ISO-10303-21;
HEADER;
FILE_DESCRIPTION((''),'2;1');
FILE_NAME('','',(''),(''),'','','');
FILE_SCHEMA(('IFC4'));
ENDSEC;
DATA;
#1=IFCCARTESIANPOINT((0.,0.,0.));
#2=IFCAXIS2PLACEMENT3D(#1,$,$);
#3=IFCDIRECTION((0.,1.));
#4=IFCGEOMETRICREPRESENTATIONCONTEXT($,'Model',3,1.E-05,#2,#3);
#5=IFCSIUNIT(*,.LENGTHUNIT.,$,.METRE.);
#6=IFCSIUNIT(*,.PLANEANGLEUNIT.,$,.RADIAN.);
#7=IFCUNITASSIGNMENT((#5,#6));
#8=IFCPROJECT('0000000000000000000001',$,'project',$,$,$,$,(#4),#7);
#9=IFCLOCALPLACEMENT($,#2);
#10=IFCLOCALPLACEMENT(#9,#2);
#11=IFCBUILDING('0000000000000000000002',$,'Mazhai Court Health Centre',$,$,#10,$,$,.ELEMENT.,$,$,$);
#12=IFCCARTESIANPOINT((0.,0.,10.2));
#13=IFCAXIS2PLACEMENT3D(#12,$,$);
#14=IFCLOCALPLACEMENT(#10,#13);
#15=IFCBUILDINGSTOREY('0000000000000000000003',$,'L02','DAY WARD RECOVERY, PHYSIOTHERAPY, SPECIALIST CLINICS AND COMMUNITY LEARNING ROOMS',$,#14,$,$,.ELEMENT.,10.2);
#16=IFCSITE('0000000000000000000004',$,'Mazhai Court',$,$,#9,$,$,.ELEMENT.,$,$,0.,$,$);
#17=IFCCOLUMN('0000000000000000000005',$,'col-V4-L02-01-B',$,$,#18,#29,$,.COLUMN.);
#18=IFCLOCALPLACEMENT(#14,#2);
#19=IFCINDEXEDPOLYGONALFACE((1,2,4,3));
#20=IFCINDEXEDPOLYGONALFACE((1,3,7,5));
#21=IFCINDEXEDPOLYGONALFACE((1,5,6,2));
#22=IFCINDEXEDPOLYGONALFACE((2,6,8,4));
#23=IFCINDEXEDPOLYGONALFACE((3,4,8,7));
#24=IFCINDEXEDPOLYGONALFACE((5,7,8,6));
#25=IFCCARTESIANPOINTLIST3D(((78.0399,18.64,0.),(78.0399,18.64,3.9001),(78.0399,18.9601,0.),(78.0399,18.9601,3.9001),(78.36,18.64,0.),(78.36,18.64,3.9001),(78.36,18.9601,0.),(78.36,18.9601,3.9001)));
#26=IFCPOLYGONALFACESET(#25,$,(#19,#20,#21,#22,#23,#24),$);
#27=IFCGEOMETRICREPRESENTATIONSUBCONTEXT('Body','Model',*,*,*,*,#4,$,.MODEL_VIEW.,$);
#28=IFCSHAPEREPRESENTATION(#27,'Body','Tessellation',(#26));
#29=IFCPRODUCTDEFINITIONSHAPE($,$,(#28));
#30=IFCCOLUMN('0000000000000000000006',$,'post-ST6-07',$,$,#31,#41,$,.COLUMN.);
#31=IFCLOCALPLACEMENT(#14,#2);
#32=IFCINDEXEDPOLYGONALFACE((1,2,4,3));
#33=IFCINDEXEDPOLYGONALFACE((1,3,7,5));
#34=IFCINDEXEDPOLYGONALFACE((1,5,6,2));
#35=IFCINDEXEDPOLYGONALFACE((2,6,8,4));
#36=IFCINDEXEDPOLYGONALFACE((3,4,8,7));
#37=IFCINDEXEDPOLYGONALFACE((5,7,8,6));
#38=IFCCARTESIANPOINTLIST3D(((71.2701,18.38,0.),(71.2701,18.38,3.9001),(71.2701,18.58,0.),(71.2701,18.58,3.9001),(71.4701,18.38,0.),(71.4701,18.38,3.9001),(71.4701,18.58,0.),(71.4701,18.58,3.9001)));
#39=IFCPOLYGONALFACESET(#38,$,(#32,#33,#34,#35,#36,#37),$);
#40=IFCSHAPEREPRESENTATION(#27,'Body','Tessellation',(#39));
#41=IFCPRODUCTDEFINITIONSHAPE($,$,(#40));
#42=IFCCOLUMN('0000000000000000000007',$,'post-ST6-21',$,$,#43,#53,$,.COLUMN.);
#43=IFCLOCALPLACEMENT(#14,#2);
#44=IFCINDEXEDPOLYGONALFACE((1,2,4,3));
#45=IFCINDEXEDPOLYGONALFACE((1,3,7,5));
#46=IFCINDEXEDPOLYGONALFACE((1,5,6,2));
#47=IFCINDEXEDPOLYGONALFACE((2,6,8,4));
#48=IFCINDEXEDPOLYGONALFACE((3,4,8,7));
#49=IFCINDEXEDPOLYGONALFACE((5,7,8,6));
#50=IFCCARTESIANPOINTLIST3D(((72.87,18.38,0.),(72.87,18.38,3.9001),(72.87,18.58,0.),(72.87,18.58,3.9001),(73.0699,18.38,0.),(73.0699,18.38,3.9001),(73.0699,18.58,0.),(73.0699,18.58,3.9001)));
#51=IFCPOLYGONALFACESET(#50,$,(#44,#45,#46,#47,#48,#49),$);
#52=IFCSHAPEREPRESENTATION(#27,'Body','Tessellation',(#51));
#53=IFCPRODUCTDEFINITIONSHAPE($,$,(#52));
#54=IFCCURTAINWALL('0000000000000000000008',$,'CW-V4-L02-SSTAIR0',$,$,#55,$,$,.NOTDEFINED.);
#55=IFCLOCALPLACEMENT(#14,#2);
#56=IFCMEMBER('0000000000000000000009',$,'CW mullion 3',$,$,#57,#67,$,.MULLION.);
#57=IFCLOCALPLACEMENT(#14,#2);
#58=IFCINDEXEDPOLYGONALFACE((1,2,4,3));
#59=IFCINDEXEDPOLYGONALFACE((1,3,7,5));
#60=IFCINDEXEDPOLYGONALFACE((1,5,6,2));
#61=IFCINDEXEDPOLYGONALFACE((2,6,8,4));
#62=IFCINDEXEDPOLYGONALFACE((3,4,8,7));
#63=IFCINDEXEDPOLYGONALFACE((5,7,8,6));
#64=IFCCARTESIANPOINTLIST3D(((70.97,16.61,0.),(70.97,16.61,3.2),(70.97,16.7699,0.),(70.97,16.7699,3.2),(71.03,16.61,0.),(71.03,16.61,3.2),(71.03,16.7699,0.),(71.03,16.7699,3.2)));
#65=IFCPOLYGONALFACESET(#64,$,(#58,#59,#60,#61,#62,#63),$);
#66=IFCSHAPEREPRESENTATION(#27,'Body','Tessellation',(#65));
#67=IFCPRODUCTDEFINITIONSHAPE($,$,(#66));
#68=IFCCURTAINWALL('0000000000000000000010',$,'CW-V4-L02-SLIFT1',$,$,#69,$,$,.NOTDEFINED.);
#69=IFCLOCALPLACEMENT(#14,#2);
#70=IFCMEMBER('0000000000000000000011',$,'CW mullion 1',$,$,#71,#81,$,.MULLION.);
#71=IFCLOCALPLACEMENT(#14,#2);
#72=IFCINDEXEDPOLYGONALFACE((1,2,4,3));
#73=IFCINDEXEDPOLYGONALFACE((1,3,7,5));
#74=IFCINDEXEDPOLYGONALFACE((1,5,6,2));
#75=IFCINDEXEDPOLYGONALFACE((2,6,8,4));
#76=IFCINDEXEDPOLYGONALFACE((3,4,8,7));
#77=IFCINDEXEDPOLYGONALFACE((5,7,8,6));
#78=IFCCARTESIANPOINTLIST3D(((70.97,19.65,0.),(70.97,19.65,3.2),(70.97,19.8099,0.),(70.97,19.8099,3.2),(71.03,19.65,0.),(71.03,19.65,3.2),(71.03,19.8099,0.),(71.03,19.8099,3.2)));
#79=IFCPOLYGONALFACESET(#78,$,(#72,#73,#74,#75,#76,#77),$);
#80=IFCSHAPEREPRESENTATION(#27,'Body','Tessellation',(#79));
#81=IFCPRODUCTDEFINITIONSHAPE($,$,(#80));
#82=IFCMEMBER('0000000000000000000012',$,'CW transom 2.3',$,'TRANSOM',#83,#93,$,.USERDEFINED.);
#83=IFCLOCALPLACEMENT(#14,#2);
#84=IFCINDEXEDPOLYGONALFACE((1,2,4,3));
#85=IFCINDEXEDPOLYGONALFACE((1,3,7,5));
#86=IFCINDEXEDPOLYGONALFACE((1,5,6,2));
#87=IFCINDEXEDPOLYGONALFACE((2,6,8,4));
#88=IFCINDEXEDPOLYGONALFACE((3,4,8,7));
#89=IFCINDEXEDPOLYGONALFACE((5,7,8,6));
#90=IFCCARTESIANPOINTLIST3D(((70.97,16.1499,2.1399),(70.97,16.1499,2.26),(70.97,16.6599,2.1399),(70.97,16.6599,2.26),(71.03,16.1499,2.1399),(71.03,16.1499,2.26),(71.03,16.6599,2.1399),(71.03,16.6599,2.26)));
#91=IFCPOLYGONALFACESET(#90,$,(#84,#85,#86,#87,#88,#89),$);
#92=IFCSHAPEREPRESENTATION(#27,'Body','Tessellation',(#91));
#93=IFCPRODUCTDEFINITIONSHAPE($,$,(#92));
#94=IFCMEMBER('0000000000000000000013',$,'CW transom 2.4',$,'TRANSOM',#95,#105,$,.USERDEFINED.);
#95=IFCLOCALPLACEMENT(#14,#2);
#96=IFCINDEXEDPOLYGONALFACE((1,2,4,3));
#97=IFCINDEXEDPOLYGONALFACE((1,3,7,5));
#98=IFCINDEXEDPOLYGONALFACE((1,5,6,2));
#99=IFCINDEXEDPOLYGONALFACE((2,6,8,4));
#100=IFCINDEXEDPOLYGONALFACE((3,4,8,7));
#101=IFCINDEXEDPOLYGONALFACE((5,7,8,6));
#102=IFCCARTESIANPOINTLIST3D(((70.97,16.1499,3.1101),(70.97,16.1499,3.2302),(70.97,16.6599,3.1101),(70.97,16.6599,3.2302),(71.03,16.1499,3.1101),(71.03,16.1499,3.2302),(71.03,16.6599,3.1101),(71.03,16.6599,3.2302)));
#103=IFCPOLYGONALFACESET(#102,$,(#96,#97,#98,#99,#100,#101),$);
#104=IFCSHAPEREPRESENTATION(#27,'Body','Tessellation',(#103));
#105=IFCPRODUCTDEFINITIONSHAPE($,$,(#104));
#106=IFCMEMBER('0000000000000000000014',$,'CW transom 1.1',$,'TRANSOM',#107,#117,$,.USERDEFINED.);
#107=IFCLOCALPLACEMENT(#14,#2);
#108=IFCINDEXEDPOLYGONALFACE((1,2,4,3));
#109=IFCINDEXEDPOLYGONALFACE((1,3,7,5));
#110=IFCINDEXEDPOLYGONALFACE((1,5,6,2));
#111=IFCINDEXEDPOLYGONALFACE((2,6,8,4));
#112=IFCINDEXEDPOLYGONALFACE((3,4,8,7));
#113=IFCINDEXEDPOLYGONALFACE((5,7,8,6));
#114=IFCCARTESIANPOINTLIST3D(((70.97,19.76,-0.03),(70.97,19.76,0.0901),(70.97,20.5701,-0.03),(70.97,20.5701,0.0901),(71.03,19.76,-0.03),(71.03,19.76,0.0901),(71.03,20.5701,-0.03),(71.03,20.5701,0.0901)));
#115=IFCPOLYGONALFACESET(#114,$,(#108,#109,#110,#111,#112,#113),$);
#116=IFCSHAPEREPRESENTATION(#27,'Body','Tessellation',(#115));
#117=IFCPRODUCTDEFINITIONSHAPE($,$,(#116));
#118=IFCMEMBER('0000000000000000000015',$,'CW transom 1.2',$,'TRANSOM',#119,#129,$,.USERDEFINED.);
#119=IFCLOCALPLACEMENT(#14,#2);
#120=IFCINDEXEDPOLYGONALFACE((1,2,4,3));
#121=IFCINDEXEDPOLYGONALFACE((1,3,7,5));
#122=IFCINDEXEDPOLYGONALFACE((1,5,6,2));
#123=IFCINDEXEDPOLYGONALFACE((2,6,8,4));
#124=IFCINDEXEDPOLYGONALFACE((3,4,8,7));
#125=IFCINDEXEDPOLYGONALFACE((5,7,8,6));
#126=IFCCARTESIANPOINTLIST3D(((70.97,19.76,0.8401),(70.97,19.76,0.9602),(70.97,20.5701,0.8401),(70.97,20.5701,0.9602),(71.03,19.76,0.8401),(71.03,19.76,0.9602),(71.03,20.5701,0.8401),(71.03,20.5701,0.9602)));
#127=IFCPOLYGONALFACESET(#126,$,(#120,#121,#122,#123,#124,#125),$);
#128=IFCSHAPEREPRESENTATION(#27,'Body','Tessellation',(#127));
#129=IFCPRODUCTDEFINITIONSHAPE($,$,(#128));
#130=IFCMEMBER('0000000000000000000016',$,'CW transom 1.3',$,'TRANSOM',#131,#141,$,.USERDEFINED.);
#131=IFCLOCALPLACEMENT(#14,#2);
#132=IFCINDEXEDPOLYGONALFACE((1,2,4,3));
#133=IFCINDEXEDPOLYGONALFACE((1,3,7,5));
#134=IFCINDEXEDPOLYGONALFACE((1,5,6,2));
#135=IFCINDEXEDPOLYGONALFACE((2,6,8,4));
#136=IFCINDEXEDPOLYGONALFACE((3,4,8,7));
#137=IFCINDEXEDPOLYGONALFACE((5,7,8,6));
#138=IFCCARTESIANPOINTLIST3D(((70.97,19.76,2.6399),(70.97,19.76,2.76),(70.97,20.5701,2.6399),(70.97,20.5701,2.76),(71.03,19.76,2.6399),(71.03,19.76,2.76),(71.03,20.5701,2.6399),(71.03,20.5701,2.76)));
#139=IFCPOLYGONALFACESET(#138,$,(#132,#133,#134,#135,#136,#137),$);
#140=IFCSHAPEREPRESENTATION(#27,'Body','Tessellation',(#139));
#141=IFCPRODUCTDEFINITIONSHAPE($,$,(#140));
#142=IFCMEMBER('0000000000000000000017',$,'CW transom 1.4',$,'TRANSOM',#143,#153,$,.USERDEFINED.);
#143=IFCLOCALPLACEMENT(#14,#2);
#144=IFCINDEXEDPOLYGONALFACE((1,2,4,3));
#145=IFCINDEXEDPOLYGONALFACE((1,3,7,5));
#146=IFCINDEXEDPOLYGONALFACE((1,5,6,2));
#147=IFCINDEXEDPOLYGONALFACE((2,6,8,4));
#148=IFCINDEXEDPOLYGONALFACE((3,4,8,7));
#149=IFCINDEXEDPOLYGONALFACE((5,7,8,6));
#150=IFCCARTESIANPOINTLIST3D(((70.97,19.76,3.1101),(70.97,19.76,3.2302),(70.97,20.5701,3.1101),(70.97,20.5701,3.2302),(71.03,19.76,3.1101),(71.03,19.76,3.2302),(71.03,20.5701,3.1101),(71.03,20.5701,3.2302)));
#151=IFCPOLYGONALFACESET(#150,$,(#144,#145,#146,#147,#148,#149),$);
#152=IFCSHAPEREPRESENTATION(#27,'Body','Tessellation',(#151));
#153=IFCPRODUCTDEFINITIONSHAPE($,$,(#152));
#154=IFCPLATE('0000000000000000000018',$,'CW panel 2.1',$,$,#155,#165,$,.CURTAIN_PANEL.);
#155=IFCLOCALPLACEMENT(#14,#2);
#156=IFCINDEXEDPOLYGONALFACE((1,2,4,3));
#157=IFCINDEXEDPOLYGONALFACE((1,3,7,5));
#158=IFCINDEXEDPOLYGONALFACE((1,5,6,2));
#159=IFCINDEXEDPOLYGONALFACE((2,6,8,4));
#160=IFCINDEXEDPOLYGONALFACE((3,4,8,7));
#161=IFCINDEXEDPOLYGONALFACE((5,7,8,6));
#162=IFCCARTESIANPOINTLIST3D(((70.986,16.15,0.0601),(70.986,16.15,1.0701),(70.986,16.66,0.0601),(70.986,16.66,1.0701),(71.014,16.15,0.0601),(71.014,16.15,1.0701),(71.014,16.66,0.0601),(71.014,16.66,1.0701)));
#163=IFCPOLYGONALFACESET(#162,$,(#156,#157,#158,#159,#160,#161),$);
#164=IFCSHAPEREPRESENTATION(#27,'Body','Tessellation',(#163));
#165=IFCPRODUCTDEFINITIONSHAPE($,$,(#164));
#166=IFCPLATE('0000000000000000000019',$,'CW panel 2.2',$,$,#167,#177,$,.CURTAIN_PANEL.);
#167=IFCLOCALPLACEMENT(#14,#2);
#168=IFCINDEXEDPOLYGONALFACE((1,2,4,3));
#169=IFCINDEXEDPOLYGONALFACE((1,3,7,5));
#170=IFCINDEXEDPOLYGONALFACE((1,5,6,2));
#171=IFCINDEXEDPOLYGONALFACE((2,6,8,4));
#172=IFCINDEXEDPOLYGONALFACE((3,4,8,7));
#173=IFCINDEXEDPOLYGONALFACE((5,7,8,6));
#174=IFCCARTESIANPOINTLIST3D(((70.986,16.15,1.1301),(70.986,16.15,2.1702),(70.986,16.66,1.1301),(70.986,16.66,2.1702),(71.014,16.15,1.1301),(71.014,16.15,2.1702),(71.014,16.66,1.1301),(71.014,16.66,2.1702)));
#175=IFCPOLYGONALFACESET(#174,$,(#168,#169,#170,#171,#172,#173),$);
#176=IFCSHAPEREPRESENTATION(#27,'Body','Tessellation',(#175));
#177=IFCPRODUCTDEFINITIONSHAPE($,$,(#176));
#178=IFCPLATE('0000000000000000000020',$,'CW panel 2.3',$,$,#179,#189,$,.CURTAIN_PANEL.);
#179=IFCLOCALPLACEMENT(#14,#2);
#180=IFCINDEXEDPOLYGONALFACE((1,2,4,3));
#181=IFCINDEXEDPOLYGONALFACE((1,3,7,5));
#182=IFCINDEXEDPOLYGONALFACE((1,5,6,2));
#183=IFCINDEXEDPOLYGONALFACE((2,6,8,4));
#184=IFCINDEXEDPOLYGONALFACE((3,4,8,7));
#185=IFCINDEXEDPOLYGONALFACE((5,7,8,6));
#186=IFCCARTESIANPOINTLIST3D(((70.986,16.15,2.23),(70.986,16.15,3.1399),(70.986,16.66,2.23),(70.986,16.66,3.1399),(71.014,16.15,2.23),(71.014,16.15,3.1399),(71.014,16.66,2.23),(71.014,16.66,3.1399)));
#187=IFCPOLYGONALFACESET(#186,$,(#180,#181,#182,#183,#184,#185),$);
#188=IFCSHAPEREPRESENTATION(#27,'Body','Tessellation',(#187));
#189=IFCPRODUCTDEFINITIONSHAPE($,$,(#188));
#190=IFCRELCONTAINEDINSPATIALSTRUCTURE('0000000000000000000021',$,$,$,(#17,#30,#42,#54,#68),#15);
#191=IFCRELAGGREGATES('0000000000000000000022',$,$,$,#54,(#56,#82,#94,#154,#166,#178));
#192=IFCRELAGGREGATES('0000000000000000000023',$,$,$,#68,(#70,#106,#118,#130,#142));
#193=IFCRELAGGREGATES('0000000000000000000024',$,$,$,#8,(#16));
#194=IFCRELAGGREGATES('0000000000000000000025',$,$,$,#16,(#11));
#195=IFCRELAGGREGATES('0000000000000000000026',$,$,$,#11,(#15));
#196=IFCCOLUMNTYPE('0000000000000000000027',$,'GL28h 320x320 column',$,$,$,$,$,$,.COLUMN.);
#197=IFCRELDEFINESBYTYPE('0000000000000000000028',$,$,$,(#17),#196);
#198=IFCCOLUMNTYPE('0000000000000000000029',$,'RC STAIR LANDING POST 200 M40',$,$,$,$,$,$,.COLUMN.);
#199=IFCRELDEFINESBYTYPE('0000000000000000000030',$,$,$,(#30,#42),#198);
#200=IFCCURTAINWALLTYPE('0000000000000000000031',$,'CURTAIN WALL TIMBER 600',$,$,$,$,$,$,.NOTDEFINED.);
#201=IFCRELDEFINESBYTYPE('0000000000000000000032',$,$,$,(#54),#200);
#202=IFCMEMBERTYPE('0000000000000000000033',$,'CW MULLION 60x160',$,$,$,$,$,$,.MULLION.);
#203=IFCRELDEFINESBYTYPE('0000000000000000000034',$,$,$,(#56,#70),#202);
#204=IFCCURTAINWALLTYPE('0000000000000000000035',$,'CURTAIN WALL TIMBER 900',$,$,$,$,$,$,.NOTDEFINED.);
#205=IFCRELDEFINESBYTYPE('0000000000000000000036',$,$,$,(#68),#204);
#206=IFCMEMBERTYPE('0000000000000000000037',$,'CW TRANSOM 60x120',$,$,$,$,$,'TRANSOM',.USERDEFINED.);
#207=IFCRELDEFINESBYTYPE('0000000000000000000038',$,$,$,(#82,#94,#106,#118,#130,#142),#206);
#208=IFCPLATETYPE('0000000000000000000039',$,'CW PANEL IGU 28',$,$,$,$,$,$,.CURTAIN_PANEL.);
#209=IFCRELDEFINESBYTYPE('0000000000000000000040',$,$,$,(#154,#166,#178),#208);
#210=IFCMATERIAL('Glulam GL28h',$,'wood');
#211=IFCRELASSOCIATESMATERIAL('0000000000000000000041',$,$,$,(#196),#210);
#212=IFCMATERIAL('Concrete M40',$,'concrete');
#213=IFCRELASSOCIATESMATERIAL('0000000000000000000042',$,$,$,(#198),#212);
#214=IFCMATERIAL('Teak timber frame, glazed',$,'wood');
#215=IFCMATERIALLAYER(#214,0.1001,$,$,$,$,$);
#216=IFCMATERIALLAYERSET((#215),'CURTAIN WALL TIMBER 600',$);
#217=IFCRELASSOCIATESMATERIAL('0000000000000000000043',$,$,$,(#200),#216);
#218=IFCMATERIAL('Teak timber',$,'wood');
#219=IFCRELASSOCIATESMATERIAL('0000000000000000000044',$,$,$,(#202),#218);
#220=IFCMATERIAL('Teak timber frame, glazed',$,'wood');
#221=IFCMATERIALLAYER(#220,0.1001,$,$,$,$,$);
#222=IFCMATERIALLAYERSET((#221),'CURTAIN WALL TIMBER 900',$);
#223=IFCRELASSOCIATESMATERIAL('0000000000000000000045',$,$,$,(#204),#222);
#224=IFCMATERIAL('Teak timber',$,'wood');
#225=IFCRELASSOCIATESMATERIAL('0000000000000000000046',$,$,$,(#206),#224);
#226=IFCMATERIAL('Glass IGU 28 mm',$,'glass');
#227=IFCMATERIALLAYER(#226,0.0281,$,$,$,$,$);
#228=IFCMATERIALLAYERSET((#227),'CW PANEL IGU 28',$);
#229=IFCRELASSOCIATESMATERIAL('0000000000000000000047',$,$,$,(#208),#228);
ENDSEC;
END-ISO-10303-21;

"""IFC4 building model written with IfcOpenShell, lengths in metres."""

from ifc_helpers import new_model, si_unit, direction, frame, origin, origin_2d, place, context, subcontext, project, spatial, rectangle, extrude, material, layer, layer_set, material_profile, profile_set, type_object, element, aggregate, save


model = new_model("IFC4")

# Units and contexts
model_context = context("Model", 3, precision=1e-05, world=origin(), true_north=direction((0.0, 1.0)))
body_context = subcontext(model_context, "Body", "Model", "MODEL_VIEW")
ifc_project = project(units=[si_unit("LENGTHUNIT", "METRE"), si_unit("PLANEANGLEUNIT", "RADIAN")], contexts=[model_context])

# Site, building, storey
site_placement = place(None, origin())
site = spatial("IfcSite", under=ifc_project, at=site_placement, Name="Mazhai Court", CompositionType="ELEMENT", RefElevation=0.0)
building_placement = place(site_placement, origin())
building = spatial("IfcBuilding", under=site, at=building_placement, Name="Mazhai Court Health Centre", CompositionType="ELEMENT")
storey_placement = place(building_placement, frame((0.0, 0.0, 10.2)))
storey = spatial("IfcBuildingStorey", under=building, at=storey_placement, Name="L02", Description="DAY WARD RECOVERY, PHYSIOTHERAPY, SPECIALIST CLINICS AND COMMUNITY LEARNING ROOMS", CompositionType="ELEMENT", Elevation=10.2)

# Columns
ifc_material_1 = material(Name="Glulam GL28h", Category="wood")
ifc_material_profile_1 = material_profile(ifc_material_1, rectangle(XDim=0.3201, YDim=0.3201, at=origin_2d()), Name="GL28h 320x320")
ifc_profile_set_1 = profile_set([ifc_material_profile_1], Name="Glulam GL28h")
column_type_1 = type_object("IfcColumnType", Name="GL28h 320x320 column", PredefinedType="COLUMN", material=ifc_profile_set_1)
column_placement = place(storey_placement, frame((78.2, 18.8, 0.0), z_axis=(0.0, 0.0, 1.0), x_axis=(1.0, 0.0, 0.0)))
element("IfcColumn", 1, at=column_placement, inside=storey, type_object=column_type_1, Name="col-V4-L02-01-B", PredefinedType="COLUMN", context=body_context, shape_type="SweptSolid", body=[
    extrude(rectangle(XDim=0.3201, YDim=0.3201, at=origin_2d()), origin(), (0.0, 0.0, 1.0), 3.9001),
])
ifc_material_2 = material(Name="Concrete M40", Category="concrete")
ifc_material_profile_2 = material_profile(ifc_material_2, rectangle(XDim=0.2, YDim=0.2, at=origin_2d()), Name="RC 200x200")
ifc_profile_set_2 = profile_set([ifc_material_profile_2], Name="Concrete M40")
column_type_2 = type_object("IfcColumnType", Name="RC STAIR LANDING POST 200 M40", PredefinedType="COLUMN", material=ifc_profile_set_2)
for number, where, z_axis, x_axis, name in (
    (2, (71.3701, 18.48, 0.0), (0.0, 0.0, 1.0), (1.0, 0.0, 0.0), "post-ST6-07"),
    (3, (72.97, 18.48, 0.0), (0.0, 0.0, 1.0), (1.0, 0.0, 0.0), "post-ST6-21"),
):
    element("IfcColumn", number, at=place(storey_placement, frame(where, z_axis=z_axis, x_axis=x_axis)), inside=storey, type_object=column_type_2, Name=name, PredefinedType="COLUMN", context=body_context, shape_type="SweptSolid", body=[
        extrude(rectangle(XDim=0.2, YDim=0.2, at=origin_2d()), origin(), (0.0, 0.0, 1.0), 3.9001),
    ])

# Curtain walls, members
ifc_material_3 = material(Name="Teak timber frame, glazed", Category="wood")
ifc_layer_1 = layer(ifc_material_3, 0.1001)
ifc_layer_set_1 = layer_set([ifc_layer_1], Name="CURTAIN WALL TIMBER 600")
curtain_wall_type_1 = type_object("IfcCurtainWallType", Name="CURTAIN WALL TIMBER 600", PredefinedType="NOTDEFINED", material=ifc_layer_set_1)
curtain_wall_1_placement = place(storey_placement, origin())
curtain_wall_1 = element("IfcCurtainWall", 4, at=curtain_wall_1_placement, inside=storey, type_object=curtain_wall_type_1, Name="CW-V4-L02-SSTAIR0", PredefinedType="NOTDEFINED")
ifc_material_4 = material(Name="Teak timber", Category="wood")
ifc_material_profile_3 = material_profile(ifc_material_4, rectangle(XDim=0.0601, YDim=0.1599, at=origin_2d()), Name="CW MULLION 60x160")
ifc_profile_set_3 = profile_set([ifc_material_profile_3], Name="Teak timber")
member_type_1 = type_object("IfcMemberType", Name="CW MULLION 60x160", PredefinedType="MULLION", material=ifc_profile_set_3)
member_1_placement = place(storey_placement, frame((71.0, 16.6899, 0.0), z_axis=(0.0, 0.0, 1.0), x_axis=(-1.0, 0.0, 0.0)))
member_1 = element("IfcMember", 5, at=member_1_placement, type_object=member_type_1, Name="CW mullion 3", PredefinedType="MULLION", context=body_context, shape_type="SweptSolid", body=[
    extrude(rectangle(XDim=0.0601, YDim=0.1599, at=origin_2d()), origin(), (0.0, 0.0, 1.0), 3.2),
])
ifc_material_5 = material(Name="Teak timber frame, glazed", Category="wood")
ifc_layer_2 = layer(ifc_material_5, 0.1001)
ifc_layer_set_2 = layer_set([ifc_layer_2], Name="CURTAIN WALL TIMBER 900")
curtain_wall_type_2 = type_object("IfcCurtainWallType", Name="CURTAIN WALL TIMBER 900", PredefinedType="NOTDEFINED", material=ifc_layer_set_2)
curtain_wall_2_placement = place(storey_placement, origin())
curtain_wall_2 = element("IfcCurtainWall", 6, at=curtain_wall_2_placement, inside=storey, type_object=curtain_wall_type_2, Name="CW-V4-L02-SLIFT1", PredefinedType="NOTDEFINED")
member_2_placement = place(storey_placement, frame((71.0, 19.73, 0.0), z_axis=(0.0, 0.0, 1.0), x_axis=(-1.0, 0.0, 0.0)))
member_2 = element("IfcMember", 7, at=member_2_placement, type_object=member_type_1, Name="CW mullion 1", PredefinedType="MULLION", context=body_context, shape_type="SweptSolid", body=[
    extrude(rectangle(XDim=0.0601, YDim=0.1599, at=origin_2d()), origin(), (0.0, 0.0, 1.0), 3.2),
])

# Members
ifc_material_6 = material(Name="Teak timber", Category="wood")
ifc_material_profile_4 = material_profile(ifc_material_6, rectangle(XDim=0.0601, YDim=0.1201, at=origin_2d()), Name="CW TRANSOM 60x120")
ifc_profile_set_4 = profile_set([ifc_material_profile_4], Name="Teak timber")
member_type_2 = type_object("IfcMemberType", Name="CW TRANSOM 60x120", ElementType="TRANSOM", PredefinedType="USERDEFINED", material=ifc_profile_set_4)
member_3_placement = place(storey_placement, frame((71.0, 16.1499, 2.2), z_axis=(0.0, 1.0, 0.0), x_axis=(-1.0, 0.0, 0.0)))
member_3 = element("IfcMember", 8, at=member_3_placement, type_object=member_type_2, Name="CW transom 2.3", ObjectType="TRANSOM", PredefinedType="USERDEFINED", context=body_context, shape_type="SweptSolid", body=[
    extrude(rectangle(XDim=0.0601, YDim=0.1201, at=origin_2d()), origin(), (0.0, 0.0, 1.0), 0.51),
])
member_4_placement = place(storey_placement, frame((71.0, 16.1499, 3.1702), z_axis=(0.0, 1.0, 0.0), x_axis=(-1.0, 0.0, 0.0)))
member_4 = element("IfcMember", 9, at=member_4_placement, type_object=member_type_2, Name="CW transom 2.4", ObjectType="TRANSOM", PredefinedType="USERDEFINED", context=body_context, shape_type="SweptSolid", body=[
    extrude(rectangle(XDim=0.0601, YDim=0.1201, at=origin_2d()), origin(), (0.0, 0.0, 1.0), 0.51),
])
member_5_placement = place(storey_placement, frame((71.0, 19.76, 0.03), z_axis=(0.0, 1.0, 0.0), x_axis=(-1.0, 0.0, 0.0)))
member_5 = element("IfcMember", 10, at=member_5_placement, type_object=member_type_2, Name="CW transom 1.1", ObjectType="TRANSOM", PredefinedType="USERDEFINED", context=body_context, shape_type="SweptSolid", body=[
    extrude(rectangle(XDim=0.0601, YDim=0.1201, at=origin_2d()), origin(), (0.0, 0.0, 1.0), 0.8101),
])
member_6_placement = place(storey_placement, frame((71.0, 19.76, 0.9001), z_axis=(0.0, 1.0, 0.0), x_axis=(-1.0, 0.0, 0.0)))
member_6 = element("IfcMember", 11, at=member_6_placement, type_object=member_type_2, Name="CW transom 1.2", ObjectType="TRANSOM", PredefinedType="USERDEFINED", context=body_context, shape_type="SweptSolid", body=[
    extrude(rectangle(XDim=0.0601, YDim=0.1201, at=origin_2d()), origin(), (0.0, 0.0, 1.0), 0.8101),
])
member_7_placement = place(storey_placement, frame((71.0, 19.76, 2.7), z_axis=(0.0, 1.0, 0.0), x_axis=(-1.0, 0.0, 0.0)))
member_7 = element("IfcMember", 12, at=member_7_placement, type_object=member_type_2, Name="CW transom 1.3", ObjectType="TRANSOM", PredefinedType="USERDEFINED", context=body_context, shape_type="SweptSolid", body=[
    extrude(rectangle(XDim=0.0601, YDim=0.1201, at=origin_2d()), origin(), (0.0, 0.0, 1.0), 0.8101),
])
member_8_placement = place(storey_placement, frame((71.0, 19.76, 3.1702), z_axis=(0.0, 1.0, 0.0), x_axis=(-1.0, 0.0, 0.0)))
member_8 = element("IfcMember", 13, at=member_8_placement, type_object=member_type_2, Name="CW transom 1.4", ObjectType="TRANSOM", PredefinedType="USERDEFINED", context=body_context, shape_type="SweptSolid", body=[
    extrude(rectangle(XDim=0.0601, YDim=0.1201, at=origin_2d()), origin(), (0.0, 0.0, 1.0), 0.8101),
])

# Plates
ifc_material_7 = material(Name="Glass IGU 28 mm", Category="glass")
ifc_layer_3 = layer(ifc_material_7, 0.0281)
ifc_layer_set_3 = layer_set([ifc_layer_3], Name="CW PANEL IGU 28")
plate_type = type_object("IfcPlateType", Name="CW PANEL IGU 28", PredefinedType="CURTAIN_PANEL", material=ifc_layer_set_3)
plate_1_placement = place(storey_placement, frame((71.0, 16.405, 0.0601), z_axis=(0.0, 0.0, 1.0), x_axis=(0.0, 1.0, 0.0)))
plate_1 = element("IfcPlate", 14, at=plate_1_placement, type_object=plate_type, Name="CW panel 2.1", PredefinedType="CURTAIN_PANEL", context=body_context, shape_type="SweptSolid", body=[
    extrude(rectangle(XDim=0.51, YDim=0.0281, at=origin_2d()), origin(), (0.0, 0.0, 1.0), 1.01),
])
plate_2_placement = place(storey_placement, frame((71.0, 16.405, 1.1301), z_axis=(0.0, 0.0, 1.0), x_axis=(0.0, 1.0, 0.0)))
plate_2 = element("IfcPlate", 15, at=plate_2_placement, type_object=plate_type, Name="CW panel 2.2", PredefinedType="CURTAIN_PANEL", context=body_context, shape_type="SweptSolid", body=[
    extrude(rectangle(XDim=0.51, YDim=0.0281, at=origin_2d()), origin(), (0.0, 0.0, 1.0), 1.04),
])
plate_3_placement = place(storey_placement, frame((71.0, 16.405, 2.23), z_axis=(0.0, 0.0, 1.0), x_axis=(0.0, 1.0, 0.0)))
plate_3 = element("IfcPlate", 16, at=plate_3_placement, type_object=plate_type, Name="CW panel 2.3", PredefinedType="CURTAIN_PANEL", context=body_context, shape_type="SweptSolid", body=[
    extrude(rectangle(XDim=0.51, YDim=0.0281, at=origin_2d()), origin(), (0.0, 0.0, 1.0), 0.9099),
])
aggregate(curtain_wall_1, [member_1, member_3, member_4, plate_1, plate_2, plate_3])
aggregate(curtain_wall_2, [member_2, member_5, member_6, member_7, member_8])

save(model, "model.ifc")
